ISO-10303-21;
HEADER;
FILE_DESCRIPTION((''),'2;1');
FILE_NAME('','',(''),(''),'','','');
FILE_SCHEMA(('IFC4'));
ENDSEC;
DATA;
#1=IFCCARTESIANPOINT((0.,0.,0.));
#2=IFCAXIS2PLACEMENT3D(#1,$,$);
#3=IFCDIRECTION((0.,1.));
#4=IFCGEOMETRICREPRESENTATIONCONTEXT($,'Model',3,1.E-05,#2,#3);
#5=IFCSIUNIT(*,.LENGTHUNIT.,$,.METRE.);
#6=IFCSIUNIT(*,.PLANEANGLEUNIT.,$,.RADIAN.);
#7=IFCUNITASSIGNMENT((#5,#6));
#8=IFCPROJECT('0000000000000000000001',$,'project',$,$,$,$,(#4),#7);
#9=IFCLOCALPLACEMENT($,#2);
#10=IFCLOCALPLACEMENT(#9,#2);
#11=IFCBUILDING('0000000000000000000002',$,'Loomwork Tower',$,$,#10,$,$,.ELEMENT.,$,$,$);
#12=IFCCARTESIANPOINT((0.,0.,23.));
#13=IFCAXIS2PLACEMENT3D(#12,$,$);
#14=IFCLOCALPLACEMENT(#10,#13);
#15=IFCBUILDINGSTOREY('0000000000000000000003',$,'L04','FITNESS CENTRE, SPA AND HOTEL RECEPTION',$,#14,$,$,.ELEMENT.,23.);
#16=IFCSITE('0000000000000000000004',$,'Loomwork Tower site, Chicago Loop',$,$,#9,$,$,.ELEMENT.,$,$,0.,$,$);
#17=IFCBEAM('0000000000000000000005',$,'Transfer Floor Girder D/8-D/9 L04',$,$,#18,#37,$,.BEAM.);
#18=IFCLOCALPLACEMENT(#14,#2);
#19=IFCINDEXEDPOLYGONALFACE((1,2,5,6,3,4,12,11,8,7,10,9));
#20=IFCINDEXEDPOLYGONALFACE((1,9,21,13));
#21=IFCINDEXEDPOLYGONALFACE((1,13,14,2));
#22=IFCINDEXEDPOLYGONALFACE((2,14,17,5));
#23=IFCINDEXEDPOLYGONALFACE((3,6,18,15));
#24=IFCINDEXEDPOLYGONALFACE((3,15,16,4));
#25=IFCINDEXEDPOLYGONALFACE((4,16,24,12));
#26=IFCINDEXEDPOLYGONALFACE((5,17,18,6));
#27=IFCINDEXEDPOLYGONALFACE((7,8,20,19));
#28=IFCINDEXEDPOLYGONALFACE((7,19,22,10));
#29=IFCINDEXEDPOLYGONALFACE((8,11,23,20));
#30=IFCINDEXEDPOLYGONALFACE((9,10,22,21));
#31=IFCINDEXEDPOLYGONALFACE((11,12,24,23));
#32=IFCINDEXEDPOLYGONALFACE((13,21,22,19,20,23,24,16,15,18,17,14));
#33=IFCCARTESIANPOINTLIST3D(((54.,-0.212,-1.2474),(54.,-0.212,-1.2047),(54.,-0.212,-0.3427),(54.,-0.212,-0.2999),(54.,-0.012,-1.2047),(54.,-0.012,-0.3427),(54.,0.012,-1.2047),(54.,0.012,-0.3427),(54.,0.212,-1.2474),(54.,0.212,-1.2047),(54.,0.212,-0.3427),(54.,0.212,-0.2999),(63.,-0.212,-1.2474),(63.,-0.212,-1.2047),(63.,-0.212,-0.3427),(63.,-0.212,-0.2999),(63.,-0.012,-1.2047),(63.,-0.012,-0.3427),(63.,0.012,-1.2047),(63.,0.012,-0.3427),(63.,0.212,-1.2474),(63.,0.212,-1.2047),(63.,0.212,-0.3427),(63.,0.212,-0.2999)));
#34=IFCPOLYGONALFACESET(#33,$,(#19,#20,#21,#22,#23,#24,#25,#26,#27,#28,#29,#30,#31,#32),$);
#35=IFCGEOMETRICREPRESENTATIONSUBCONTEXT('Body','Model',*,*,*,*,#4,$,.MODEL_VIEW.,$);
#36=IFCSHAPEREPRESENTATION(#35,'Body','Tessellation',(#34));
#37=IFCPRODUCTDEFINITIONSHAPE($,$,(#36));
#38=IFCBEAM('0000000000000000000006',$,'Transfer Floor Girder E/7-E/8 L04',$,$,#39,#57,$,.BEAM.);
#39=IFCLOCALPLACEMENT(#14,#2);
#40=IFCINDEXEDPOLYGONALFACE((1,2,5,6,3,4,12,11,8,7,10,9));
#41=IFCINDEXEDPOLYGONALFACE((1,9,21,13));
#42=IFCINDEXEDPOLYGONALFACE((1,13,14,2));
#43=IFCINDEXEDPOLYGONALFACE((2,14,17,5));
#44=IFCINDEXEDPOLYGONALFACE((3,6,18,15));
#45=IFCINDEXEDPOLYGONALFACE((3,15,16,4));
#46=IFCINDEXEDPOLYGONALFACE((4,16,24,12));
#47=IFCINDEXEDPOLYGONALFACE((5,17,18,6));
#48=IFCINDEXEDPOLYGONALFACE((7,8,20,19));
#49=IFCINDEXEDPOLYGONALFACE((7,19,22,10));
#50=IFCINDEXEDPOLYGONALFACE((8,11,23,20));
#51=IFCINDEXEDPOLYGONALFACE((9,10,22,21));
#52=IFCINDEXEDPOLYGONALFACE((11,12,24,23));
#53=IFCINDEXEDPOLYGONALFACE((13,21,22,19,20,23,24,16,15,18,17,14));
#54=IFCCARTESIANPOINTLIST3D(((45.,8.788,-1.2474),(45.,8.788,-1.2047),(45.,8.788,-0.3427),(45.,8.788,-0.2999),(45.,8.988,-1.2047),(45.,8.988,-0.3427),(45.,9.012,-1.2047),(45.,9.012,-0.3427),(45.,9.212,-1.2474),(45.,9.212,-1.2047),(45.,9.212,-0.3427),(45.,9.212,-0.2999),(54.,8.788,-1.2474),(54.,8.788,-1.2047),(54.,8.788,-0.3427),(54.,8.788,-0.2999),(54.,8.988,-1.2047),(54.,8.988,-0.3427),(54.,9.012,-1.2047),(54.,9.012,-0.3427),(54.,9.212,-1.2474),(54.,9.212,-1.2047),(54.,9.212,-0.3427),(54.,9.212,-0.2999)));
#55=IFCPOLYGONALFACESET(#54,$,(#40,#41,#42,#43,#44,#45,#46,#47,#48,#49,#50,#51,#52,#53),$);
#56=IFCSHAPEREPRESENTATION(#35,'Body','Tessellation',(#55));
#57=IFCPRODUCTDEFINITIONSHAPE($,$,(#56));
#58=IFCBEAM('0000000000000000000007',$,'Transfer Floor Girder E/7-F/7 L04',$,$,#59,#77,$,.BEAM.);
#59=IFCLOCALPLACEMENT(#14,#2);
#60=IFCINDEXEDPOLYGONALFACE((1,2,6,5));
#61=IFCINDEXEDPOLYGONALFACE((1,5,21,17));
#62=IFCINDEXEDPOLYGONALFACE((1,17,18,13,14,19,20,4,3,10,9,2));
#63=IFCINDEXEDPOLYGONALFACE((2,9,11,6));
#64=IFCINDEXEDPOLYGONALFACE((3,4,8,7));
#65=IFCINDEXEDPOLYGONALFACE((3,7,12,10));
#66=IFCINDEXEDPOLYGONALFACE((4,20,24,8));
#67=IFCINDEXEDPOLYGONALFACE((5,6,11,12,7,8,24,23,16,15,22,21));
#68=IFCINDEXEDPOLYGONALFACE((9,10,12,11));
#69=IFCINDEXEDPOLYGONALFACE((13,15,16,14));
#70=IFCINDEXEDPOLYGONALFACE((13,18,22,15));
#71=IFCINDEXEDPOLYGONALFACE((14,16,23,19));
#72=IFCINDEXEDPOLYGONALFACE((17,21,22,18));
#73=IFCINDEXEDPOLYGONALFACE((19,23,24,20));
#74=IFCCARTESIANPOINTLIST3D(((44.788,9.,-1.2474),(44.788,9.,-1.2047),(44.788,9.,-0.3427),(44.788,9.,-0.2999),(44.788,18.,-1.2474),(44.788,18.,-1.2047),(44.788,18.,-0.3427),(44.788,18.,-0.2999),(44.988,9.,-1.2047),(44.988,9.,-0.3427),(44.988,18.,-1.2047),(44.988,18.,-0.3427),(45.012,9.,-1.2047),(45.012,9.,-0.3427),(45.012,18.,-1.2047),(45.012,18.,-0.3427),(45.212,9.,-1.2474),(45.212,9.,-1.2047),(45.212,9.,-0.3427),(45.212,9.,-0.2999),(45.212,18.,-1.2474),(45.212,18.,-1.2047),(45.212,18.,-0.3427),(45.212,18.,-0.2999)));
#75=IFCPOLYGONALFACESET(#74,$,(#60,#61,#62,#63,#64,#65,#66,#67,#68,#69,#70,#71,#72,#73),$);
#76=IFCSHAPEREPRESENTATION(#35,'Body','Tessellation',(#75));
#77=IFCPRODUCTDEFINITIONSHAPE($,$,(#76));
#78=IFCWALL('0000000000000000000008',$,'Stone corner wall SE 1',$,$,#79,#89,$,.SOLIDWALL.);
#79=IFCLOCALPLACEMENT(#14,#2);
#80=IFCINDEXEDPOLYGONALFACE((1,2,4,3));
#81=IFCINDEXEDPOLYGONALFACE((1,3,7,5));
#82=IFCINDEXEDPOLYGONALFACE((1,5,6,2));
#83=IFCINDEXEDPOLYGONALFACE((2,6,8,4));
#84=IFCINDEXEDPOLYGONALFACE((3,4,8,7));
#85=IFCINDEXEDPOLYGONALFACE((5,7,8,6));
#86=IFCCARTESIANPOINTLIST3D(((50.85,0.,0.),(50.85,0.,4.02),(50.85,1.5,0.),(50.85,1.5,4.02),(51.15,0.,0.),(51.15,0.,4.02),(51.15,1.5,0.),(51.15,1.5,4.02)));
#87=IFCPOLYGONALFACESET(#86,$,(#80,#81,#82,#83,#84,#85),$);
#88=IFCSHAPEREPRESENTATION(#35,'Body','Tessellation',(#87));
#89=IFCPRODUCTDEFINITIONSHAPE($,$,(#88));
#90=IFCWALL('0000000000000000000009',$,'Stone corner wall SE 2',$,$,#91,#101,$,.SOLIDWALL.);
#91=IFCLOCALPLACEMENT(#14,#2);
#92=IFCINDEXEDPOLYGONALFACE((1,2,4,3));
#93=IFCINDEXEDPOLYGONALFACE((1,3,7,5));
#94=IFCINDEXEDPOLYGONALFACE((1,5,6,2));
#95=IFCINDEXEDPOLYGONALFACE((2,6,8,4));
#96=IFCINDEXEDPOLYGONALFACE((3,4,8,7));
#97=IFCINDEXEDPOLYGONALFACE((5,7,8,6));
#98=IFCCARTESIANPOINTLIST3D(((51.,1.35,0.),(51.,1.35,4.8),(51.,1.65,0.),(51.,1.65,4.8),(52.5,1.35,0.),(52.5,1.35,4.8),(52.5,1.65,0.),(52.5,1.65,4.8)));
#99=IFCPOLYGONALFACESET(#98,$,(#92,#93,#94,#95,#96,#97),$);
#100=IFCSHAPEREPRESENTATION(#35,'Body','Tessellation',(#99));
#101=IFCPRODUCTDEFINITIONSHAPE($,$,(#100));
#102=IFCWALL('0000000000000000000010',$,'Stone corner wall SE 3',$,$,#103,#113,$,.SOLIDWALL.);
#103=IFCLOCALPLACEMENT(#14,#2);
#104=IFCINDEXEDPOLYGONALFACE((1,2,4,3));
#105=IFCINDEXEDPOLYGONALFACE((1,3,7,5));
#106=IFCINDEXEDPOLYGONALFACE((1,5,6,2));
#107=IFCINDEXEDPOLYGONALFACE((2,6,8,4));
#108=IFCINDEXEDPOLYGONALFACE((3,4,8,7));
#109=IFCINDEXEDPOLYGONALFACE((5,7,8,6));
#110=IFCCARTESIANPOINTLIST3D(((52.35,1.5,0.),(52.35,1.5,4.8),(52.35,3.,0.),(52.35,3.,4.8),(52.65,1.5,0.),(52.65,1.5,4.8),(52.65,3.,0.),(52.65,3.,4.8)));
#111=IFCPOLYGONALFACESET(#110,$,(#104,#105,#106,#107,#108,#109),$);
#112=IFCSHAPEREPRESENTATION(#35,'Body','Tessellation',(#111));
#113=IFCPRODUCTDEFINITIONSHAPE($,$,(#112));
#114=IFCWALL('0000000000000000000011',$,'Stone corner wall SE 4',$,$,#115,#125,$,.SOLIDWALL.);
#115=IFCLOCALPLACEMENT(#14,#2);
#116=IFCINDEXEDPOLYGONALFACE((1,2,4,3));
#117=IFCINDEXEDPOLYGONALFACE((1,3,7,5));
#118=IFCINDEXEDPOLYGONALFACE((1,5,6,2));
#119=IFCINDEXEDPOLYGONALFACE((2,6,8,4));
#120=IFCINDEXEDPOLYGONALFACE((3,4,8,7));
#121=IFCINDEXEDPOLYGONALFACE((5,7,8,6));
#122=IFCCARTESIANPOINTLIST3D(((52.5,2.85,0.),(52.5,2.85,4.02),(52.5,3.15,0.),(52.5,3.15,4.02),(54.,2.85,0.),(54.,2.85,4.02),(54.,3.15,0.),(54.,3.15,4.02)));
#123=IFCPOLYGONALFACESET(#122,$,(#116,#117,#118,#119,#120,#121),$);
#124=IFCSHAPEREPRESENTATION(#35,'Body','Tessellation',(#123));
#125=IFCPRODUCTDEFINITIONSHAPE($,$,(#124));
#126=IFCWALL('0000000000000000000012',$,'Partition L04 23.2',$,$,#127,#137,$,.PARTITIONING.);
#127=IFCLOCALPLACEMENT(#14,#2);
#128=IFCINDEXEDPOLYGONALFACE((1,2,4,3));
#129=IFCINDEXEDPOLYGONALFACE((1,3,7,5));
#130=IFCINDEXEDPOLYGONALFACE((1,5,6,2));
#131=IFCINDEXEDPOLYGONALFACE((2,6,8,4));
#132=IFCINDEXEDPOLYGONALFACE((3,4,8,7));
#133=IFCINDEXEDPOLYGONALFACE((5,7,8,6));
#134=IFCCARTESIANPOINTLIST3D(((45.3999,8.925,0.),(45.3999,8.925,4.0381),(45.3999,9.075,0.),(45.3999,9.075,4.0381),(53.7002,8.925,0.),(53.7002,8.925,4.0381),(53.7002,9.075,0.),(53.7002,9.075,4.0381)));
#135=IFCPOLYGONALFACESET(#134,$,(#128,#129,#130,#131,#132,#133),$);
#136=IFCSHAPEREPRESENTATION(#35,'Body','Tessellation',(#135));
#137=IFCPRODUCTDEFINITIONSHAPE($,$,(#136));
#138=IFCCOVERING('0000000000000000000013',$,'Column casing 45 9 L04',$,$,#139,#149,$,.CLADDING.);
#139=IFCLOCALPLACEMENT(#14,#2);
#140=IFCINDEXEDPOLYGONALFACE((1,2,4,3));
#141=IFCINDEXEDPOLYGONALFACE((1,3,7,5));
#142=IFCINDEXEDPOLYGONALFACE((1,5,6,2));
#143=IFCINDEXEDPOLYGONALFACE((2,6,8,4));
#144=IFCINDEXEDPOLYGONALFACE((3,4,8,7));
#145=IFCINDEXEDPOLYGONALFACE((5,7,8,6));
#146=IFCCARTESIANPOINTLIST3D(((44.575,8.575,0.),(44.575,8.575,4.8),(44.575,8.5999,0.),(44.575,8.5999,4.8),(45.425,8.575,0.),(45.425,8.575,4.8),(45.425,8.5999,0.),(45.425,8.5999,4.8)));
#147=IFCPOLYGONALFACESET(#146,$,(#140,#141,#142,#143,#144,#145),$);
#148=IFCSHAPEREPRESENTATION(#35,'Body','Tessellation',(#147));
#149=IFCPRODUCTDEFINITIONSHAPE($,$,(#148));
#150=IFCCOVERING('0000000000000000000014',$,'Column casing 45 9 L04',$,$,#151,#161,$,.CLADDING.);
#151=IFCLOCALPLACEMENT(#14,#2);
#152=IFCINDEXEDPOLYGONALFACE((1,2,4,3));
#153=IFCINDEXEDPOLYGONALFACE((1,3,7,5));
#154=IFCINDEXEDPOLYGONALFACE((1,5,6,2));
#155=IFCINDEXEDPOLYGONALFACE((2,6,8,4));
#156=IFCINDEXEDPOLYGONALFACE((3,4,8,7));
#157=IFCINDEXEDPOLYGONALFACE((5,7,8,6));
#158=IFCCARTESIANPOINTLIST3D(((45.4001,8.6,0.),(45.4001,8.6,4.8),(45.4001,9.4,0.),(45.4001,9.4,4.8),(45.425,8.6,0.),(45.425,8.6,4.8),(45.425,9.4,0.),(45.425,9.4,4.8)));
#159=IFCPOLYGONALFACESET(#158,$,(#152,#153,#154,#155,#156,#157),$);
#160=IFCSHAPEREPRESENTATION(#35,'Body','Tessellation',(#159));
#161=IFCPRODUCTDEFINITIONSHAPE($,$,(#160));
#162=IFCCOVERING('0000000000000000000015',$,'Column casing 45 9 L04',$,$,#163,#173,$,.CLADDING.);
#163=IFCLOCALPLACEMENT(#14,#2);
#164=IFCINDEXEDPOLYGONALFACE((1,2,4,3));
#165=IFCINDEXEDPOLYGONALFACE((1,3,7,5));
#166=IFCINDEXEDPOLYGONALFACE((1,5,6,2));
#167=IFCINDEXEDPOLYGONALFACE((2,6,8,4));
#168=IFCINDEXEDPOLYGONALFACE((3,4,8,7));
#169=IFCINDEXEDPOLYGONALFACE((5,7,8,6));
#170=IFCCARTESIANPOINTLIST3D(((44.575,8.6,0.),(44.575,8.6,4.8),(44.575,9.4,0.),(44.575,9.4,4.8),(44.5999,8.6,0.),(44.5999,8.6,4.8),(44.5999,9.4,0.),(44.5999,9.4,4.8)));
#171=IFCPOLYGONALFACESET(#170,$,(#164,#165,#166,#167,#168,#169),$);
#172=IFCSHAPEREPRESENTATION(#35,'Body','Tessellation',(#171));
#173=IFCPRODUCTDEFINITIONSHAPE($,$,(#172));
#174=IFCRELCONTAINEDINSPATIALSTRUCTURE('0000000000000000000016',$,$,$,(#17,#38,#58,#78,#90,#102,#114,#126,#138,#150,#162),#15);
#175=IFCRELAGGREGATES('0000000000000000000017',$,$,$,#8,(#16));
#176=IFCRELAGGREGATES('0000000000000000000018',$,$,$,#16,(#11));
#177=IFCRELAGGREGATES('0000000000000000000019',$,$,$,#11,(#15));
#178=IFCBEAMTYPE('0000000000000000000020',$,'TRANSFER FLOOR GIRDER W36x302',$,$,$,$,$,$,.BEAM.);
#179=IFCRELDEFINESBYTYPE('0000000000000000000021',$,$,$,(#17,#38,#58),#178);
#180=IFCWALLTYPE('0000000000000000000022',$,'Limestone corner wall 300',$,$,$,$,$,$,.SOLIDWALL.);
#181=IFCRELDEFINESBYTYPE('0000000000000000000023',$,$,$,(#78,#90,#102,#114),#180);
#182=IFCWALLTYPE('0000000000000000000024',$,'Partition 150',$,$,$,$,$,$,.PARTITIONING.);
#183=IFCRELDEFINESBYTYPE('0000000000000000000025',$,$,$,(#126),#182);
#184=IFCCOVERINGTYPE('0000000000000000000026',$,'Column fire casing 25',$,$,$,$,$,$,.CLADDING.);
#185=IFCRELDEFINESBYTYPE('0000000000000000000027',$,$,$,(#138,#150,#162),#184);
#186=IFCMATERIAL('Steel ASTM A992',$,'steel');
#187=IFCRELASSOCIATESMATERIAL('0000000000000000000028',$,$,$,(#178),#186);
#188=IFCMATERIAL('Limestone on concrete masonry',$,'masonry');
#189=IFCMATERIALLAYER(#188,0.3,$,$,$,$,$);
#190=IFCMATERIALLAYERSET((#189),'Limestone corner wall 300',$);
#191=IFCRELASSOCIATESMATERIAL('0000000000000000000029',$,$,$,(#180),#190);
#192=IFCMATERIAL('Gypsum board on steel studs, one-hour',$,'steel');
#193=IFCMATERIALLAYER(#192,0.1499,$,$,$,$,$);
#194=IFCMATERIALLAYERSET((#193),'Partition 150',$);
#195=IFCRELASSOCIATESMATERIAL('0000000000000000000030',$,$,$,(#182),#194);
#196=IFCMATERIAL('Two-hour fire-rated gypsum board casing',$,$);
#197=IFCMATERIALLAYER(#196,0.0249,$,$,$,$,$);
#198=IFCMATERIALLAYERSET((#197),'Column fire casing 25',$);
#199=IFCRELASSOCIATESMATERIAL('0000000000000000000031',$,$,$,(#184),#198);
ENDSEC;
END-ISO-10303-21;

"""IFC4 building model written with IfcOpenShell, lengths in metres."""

from ifc_helpers import new_model, si_unit, direction, frame, frame_2d, origin, origin_2d, place, context, subcontext, project, spatial, rectangle, i_section, extrude, material, layer, layer_set, material_profile, profile_set, type_object, element, save


model = new_model("IFC4")

# Units and contexts
model_context = context("Model", 3, precision=1e-05, world=origin(), true_north=direction((0.0, 1.0)))
body_context = subcontext(model_context, "Body", "Model", "MODEL_VIEW")
ifc_project = project(units=[si_unit("LENGTHUNIT", "METRE"), si_unit("PLANEANGLEUNIT", "RADIAN")], contexts=[model_context])

# Site, building, storey
site_placement = place(None, origin())
site = spatial("IfcSite", under=ifc_project, at=site_placement, Name="Loomwork Tower site, Chicago Loop", CompositionType="ELEMENT", RefElevation=0.0)
building_placement = place(site_placement, origin())
building = spatial("IfcBuilding", under=site, at=building_placement, Name="Loomwork Tower", CompositionType="ELEMENT")
storey_placement = place(building_placement, frame((0.0, 0.0, 23.0)))
storey = spatial("IfcBuildingStorey", under=building, at=storey_placement, Name="L04", Description="FITNESS CENTRE, SPA AND HOTEL RECEPTION", CompositionType="ELEMENT", Elevation=23.0)

# Beams
ifc_material_1 = material(Name="Steel ASTM A992", Category="steel")
ifc_material_profile_1 = material_profile(ifc_material_1, i_section(OverallWidth=0.4241, OverallDepth=0.9475, WebThickness=0.0239, FlangeThickness=0.0427, at=origin_2d()), Name="W36x302")
ifc_profile_set_1 = profile_set([ifc_material_profile_1], Name="Steel ASTM A992")
beam_type_1 = type_object("IfcBeamType", Name="TRANSFER FLOOR GIRDER W36x302", PredefinedType="BEAM", material=ifc_profile_set_1)
for number, where, z_axis, x_axis, name in (
    (1, (54.0, 0.0, -0.7737), (1.0, 0.0, 0.0), (0.0, 1.0, 0.0), "Transfer Floor Girder D/8-D/9 L04"),
    (2, (45.0, 9.0, -0.7737), (1.0, 0.0, 0.0), (0.0, 1.0, 0.0), "Transfer Floor Girder E/7-E/8 L04"),
    (3, (45.0, 9.0, -0.7737), (0.0, 1.0, 0.0), (-1.0, 0.0, 0.0), "Transfer Floor Girder E/7-F/7 L04"),
):
    element("IfcBeam", number, at=place(storey_placement, frame(where, z_axis=z_axis, x_axis=x_axis)), inside=storey, type_object=beam_type_1, Name=name, PredefinedType="BEAM", context=body_context, shape_type="SweptSolid", body=[
        extrude(i_section(OverallWidth=0.4241, OverallDepth=0.9475, WebThickness=0.0239, FlangeThickness=0.0427, at=origin_2d()), origin(), (0.0, 0.0, 1.0), 9.0),
    ])

# Walls
ifc_material_2 = material(Name="Limestone on concrete masonry", Category="masonry")
ifc_layer_1 = layer(ifc_material_2, 0.3)
ifc_layer_set_1 = layer_set([ifc_layer_1], Name="Limestone corner wall 300")
wall_type_1 = type_object("IfcWallType", Name="Limestone corner wall 300", PredefinedType="SOLIDWALL", material=ifc_layer_set_1)
wall_1_placement = place(storey_placement, frame((51.0, 0.0, 0.0), z_axis=(0.0, 0.0, 1.0), x_axis=(0.0, 1.0, 0.0)))
element("IfcWall", 4, at=wall_1_placement, inside=storey, type_object=wall_type_1, Name="Stone corner wall SE 1", PredefinedType="SOLIDWALL", context=body_context, shape_type="SweptSolid", body=[
    extrude(rectangle(XDim=1.5, YDim=0.3, at=frame_2d((0.75, 0.0))), origin(), (0.0, 0.0, 1.0), 4.02),
])
for number, where, z_axis, x_axis, name in (
    (5, (51.0, 1.5, 0.0), (0.0, 0.0, 1.0), (1.0, 0.0, 0.0), "Stone corner wall SE 2"),
    (6, (52.5, 1.5, 0.0), (0.0, 0.0, 1.0), (0.0, 1.0, 0.0), "Stone corner wall SE 3"),
):
    element("IfcWall", number, at=place(storey_placement, frame(where, z_axis=z_axis, x_axis=x_axis)), inside=storey, type_object=wall_type_1, Name=name, PredefinedType="SOLIDWALL", context=body_context, shape_type="SweptSolid", body=[
        extrude(rectangle(XDim=1.5, YDim=0.3, at=frame_2d((0.75, 0.0))), origin(), (0.0, 0.0, 1.0), 4.8),
    ])
wall_2_placement = place(storey_placement, frame((52.5, 3.0, 0.0), z_axis=(0.0, 0.0, 1.0), x_axis=(1.0, 0.0, 0.0)))
element("IfcWall", 7, at=wall_2_placement, inside=storey, type_object=wall_type_1, Name="Stone corner wall SE 4", PredefinedType="SOLIDWALL", context=body_context, shape_type="SweptSolid", body=[
    extrude(rectangle(XDim=1.5, YDim=0.3, at=frame_2d((0.75, 0.0))), origin(), (0.0, 0.0, 1.0), 4.02),
])
ifc_material_3 = material(Name="Gypsum board on steel studs, one-hour", Category="steel")
ifc_layer_2 = layer(ifc_material_3, 0.1499)
ifc_layer_set_2 = layer_set([ifc_layer_2], Name="Partition 150")
wall_type_2 = type_object("IfcWallType", Name="Partition 150", PredefinedType="PARTITIONING", material=ifc_layer_set_2)
wall_3_placement = place(storey_placement, frame((45.3999, 9.0, 0.0), z_axis=(0.0, 0.0, 1.0), x_axis=(1.0, 0.0, 0.0)))
element("IfcWall", 8, at=wall_3_placement, inside=storey, type_object=wall_type_2, Name="Partition L04 23.2", PredefinedType="PARTITIONING", context=body_context, shape_type="SweptSolid", body=[
    extrude(rectangle(XDim=8.3003, YDim=0.1499, at=frame_2d((4.1501, 0.0))), origin(), (0.0, 0.0, 1.0), 4.0381),
])

# Coverings
ifc_material_4 = material(Name="Two-hour fire-rated gypsum board casing")
ifc_layer_3 = layer(ifc_material_4, 0.0249)
ifc_layer_set_3 = layer_set([ifc_layer_3], Name="Column fire casing 25")
covering_type = type_object("IfcCoveringType", Name="Column fire casing 25", PredefinedType="CLADDING", material=ifc_layer_set_3)
covering_placement = place(storey_placement, frame((45.0, 8.5874, 0.0), z_axis=(0.0, 0.0, 1.0), x_axis=(1.0, 0.0, 0.0)))
element("IfcCovering", 9, at=covering_placement, inside=storey, type_object=covering_type, Name="Column casing 45 9 L04", PredefinedType="CLADDING", context=body_context, shape_type="SweptSolid", body=[
    extrude(rectangle(XDim=0.8501, YDim=0.0249, at=origin_2d()), origin(), (0.0, 0.0, 1.0), 4.8),
])
for number, where, z_axis, x_axis, name in (
    (10, (45.4126, 9.0, 0.0), (0.0, 0.0, 1.0), (1.0, 0.0, 0.0), "Column casing 45 9 L04"),
    (11, (44.5874, 9.0, 0.0), (0.0, 0.0, 1.0), (1.0, 0.0, 0.0), "Column casing 45 9 L04"),
):
    element("IfcCovering", number, at=place(storey_placement, frame(where, z_axis=z_axis, x_axis=x_axis)), inside=storey, type_object=covering_type, Name=name, PredefinedType="CLADDING", context=body_context, shape_type="SweptSolid", body=[
        extrude(rectangle(XDim=0.0249, YDim=0.8, at=origin_2d()), origin(), (0.0, 0.0, 1.0), 4.8),
    ])

save(model, "model.ifc")
